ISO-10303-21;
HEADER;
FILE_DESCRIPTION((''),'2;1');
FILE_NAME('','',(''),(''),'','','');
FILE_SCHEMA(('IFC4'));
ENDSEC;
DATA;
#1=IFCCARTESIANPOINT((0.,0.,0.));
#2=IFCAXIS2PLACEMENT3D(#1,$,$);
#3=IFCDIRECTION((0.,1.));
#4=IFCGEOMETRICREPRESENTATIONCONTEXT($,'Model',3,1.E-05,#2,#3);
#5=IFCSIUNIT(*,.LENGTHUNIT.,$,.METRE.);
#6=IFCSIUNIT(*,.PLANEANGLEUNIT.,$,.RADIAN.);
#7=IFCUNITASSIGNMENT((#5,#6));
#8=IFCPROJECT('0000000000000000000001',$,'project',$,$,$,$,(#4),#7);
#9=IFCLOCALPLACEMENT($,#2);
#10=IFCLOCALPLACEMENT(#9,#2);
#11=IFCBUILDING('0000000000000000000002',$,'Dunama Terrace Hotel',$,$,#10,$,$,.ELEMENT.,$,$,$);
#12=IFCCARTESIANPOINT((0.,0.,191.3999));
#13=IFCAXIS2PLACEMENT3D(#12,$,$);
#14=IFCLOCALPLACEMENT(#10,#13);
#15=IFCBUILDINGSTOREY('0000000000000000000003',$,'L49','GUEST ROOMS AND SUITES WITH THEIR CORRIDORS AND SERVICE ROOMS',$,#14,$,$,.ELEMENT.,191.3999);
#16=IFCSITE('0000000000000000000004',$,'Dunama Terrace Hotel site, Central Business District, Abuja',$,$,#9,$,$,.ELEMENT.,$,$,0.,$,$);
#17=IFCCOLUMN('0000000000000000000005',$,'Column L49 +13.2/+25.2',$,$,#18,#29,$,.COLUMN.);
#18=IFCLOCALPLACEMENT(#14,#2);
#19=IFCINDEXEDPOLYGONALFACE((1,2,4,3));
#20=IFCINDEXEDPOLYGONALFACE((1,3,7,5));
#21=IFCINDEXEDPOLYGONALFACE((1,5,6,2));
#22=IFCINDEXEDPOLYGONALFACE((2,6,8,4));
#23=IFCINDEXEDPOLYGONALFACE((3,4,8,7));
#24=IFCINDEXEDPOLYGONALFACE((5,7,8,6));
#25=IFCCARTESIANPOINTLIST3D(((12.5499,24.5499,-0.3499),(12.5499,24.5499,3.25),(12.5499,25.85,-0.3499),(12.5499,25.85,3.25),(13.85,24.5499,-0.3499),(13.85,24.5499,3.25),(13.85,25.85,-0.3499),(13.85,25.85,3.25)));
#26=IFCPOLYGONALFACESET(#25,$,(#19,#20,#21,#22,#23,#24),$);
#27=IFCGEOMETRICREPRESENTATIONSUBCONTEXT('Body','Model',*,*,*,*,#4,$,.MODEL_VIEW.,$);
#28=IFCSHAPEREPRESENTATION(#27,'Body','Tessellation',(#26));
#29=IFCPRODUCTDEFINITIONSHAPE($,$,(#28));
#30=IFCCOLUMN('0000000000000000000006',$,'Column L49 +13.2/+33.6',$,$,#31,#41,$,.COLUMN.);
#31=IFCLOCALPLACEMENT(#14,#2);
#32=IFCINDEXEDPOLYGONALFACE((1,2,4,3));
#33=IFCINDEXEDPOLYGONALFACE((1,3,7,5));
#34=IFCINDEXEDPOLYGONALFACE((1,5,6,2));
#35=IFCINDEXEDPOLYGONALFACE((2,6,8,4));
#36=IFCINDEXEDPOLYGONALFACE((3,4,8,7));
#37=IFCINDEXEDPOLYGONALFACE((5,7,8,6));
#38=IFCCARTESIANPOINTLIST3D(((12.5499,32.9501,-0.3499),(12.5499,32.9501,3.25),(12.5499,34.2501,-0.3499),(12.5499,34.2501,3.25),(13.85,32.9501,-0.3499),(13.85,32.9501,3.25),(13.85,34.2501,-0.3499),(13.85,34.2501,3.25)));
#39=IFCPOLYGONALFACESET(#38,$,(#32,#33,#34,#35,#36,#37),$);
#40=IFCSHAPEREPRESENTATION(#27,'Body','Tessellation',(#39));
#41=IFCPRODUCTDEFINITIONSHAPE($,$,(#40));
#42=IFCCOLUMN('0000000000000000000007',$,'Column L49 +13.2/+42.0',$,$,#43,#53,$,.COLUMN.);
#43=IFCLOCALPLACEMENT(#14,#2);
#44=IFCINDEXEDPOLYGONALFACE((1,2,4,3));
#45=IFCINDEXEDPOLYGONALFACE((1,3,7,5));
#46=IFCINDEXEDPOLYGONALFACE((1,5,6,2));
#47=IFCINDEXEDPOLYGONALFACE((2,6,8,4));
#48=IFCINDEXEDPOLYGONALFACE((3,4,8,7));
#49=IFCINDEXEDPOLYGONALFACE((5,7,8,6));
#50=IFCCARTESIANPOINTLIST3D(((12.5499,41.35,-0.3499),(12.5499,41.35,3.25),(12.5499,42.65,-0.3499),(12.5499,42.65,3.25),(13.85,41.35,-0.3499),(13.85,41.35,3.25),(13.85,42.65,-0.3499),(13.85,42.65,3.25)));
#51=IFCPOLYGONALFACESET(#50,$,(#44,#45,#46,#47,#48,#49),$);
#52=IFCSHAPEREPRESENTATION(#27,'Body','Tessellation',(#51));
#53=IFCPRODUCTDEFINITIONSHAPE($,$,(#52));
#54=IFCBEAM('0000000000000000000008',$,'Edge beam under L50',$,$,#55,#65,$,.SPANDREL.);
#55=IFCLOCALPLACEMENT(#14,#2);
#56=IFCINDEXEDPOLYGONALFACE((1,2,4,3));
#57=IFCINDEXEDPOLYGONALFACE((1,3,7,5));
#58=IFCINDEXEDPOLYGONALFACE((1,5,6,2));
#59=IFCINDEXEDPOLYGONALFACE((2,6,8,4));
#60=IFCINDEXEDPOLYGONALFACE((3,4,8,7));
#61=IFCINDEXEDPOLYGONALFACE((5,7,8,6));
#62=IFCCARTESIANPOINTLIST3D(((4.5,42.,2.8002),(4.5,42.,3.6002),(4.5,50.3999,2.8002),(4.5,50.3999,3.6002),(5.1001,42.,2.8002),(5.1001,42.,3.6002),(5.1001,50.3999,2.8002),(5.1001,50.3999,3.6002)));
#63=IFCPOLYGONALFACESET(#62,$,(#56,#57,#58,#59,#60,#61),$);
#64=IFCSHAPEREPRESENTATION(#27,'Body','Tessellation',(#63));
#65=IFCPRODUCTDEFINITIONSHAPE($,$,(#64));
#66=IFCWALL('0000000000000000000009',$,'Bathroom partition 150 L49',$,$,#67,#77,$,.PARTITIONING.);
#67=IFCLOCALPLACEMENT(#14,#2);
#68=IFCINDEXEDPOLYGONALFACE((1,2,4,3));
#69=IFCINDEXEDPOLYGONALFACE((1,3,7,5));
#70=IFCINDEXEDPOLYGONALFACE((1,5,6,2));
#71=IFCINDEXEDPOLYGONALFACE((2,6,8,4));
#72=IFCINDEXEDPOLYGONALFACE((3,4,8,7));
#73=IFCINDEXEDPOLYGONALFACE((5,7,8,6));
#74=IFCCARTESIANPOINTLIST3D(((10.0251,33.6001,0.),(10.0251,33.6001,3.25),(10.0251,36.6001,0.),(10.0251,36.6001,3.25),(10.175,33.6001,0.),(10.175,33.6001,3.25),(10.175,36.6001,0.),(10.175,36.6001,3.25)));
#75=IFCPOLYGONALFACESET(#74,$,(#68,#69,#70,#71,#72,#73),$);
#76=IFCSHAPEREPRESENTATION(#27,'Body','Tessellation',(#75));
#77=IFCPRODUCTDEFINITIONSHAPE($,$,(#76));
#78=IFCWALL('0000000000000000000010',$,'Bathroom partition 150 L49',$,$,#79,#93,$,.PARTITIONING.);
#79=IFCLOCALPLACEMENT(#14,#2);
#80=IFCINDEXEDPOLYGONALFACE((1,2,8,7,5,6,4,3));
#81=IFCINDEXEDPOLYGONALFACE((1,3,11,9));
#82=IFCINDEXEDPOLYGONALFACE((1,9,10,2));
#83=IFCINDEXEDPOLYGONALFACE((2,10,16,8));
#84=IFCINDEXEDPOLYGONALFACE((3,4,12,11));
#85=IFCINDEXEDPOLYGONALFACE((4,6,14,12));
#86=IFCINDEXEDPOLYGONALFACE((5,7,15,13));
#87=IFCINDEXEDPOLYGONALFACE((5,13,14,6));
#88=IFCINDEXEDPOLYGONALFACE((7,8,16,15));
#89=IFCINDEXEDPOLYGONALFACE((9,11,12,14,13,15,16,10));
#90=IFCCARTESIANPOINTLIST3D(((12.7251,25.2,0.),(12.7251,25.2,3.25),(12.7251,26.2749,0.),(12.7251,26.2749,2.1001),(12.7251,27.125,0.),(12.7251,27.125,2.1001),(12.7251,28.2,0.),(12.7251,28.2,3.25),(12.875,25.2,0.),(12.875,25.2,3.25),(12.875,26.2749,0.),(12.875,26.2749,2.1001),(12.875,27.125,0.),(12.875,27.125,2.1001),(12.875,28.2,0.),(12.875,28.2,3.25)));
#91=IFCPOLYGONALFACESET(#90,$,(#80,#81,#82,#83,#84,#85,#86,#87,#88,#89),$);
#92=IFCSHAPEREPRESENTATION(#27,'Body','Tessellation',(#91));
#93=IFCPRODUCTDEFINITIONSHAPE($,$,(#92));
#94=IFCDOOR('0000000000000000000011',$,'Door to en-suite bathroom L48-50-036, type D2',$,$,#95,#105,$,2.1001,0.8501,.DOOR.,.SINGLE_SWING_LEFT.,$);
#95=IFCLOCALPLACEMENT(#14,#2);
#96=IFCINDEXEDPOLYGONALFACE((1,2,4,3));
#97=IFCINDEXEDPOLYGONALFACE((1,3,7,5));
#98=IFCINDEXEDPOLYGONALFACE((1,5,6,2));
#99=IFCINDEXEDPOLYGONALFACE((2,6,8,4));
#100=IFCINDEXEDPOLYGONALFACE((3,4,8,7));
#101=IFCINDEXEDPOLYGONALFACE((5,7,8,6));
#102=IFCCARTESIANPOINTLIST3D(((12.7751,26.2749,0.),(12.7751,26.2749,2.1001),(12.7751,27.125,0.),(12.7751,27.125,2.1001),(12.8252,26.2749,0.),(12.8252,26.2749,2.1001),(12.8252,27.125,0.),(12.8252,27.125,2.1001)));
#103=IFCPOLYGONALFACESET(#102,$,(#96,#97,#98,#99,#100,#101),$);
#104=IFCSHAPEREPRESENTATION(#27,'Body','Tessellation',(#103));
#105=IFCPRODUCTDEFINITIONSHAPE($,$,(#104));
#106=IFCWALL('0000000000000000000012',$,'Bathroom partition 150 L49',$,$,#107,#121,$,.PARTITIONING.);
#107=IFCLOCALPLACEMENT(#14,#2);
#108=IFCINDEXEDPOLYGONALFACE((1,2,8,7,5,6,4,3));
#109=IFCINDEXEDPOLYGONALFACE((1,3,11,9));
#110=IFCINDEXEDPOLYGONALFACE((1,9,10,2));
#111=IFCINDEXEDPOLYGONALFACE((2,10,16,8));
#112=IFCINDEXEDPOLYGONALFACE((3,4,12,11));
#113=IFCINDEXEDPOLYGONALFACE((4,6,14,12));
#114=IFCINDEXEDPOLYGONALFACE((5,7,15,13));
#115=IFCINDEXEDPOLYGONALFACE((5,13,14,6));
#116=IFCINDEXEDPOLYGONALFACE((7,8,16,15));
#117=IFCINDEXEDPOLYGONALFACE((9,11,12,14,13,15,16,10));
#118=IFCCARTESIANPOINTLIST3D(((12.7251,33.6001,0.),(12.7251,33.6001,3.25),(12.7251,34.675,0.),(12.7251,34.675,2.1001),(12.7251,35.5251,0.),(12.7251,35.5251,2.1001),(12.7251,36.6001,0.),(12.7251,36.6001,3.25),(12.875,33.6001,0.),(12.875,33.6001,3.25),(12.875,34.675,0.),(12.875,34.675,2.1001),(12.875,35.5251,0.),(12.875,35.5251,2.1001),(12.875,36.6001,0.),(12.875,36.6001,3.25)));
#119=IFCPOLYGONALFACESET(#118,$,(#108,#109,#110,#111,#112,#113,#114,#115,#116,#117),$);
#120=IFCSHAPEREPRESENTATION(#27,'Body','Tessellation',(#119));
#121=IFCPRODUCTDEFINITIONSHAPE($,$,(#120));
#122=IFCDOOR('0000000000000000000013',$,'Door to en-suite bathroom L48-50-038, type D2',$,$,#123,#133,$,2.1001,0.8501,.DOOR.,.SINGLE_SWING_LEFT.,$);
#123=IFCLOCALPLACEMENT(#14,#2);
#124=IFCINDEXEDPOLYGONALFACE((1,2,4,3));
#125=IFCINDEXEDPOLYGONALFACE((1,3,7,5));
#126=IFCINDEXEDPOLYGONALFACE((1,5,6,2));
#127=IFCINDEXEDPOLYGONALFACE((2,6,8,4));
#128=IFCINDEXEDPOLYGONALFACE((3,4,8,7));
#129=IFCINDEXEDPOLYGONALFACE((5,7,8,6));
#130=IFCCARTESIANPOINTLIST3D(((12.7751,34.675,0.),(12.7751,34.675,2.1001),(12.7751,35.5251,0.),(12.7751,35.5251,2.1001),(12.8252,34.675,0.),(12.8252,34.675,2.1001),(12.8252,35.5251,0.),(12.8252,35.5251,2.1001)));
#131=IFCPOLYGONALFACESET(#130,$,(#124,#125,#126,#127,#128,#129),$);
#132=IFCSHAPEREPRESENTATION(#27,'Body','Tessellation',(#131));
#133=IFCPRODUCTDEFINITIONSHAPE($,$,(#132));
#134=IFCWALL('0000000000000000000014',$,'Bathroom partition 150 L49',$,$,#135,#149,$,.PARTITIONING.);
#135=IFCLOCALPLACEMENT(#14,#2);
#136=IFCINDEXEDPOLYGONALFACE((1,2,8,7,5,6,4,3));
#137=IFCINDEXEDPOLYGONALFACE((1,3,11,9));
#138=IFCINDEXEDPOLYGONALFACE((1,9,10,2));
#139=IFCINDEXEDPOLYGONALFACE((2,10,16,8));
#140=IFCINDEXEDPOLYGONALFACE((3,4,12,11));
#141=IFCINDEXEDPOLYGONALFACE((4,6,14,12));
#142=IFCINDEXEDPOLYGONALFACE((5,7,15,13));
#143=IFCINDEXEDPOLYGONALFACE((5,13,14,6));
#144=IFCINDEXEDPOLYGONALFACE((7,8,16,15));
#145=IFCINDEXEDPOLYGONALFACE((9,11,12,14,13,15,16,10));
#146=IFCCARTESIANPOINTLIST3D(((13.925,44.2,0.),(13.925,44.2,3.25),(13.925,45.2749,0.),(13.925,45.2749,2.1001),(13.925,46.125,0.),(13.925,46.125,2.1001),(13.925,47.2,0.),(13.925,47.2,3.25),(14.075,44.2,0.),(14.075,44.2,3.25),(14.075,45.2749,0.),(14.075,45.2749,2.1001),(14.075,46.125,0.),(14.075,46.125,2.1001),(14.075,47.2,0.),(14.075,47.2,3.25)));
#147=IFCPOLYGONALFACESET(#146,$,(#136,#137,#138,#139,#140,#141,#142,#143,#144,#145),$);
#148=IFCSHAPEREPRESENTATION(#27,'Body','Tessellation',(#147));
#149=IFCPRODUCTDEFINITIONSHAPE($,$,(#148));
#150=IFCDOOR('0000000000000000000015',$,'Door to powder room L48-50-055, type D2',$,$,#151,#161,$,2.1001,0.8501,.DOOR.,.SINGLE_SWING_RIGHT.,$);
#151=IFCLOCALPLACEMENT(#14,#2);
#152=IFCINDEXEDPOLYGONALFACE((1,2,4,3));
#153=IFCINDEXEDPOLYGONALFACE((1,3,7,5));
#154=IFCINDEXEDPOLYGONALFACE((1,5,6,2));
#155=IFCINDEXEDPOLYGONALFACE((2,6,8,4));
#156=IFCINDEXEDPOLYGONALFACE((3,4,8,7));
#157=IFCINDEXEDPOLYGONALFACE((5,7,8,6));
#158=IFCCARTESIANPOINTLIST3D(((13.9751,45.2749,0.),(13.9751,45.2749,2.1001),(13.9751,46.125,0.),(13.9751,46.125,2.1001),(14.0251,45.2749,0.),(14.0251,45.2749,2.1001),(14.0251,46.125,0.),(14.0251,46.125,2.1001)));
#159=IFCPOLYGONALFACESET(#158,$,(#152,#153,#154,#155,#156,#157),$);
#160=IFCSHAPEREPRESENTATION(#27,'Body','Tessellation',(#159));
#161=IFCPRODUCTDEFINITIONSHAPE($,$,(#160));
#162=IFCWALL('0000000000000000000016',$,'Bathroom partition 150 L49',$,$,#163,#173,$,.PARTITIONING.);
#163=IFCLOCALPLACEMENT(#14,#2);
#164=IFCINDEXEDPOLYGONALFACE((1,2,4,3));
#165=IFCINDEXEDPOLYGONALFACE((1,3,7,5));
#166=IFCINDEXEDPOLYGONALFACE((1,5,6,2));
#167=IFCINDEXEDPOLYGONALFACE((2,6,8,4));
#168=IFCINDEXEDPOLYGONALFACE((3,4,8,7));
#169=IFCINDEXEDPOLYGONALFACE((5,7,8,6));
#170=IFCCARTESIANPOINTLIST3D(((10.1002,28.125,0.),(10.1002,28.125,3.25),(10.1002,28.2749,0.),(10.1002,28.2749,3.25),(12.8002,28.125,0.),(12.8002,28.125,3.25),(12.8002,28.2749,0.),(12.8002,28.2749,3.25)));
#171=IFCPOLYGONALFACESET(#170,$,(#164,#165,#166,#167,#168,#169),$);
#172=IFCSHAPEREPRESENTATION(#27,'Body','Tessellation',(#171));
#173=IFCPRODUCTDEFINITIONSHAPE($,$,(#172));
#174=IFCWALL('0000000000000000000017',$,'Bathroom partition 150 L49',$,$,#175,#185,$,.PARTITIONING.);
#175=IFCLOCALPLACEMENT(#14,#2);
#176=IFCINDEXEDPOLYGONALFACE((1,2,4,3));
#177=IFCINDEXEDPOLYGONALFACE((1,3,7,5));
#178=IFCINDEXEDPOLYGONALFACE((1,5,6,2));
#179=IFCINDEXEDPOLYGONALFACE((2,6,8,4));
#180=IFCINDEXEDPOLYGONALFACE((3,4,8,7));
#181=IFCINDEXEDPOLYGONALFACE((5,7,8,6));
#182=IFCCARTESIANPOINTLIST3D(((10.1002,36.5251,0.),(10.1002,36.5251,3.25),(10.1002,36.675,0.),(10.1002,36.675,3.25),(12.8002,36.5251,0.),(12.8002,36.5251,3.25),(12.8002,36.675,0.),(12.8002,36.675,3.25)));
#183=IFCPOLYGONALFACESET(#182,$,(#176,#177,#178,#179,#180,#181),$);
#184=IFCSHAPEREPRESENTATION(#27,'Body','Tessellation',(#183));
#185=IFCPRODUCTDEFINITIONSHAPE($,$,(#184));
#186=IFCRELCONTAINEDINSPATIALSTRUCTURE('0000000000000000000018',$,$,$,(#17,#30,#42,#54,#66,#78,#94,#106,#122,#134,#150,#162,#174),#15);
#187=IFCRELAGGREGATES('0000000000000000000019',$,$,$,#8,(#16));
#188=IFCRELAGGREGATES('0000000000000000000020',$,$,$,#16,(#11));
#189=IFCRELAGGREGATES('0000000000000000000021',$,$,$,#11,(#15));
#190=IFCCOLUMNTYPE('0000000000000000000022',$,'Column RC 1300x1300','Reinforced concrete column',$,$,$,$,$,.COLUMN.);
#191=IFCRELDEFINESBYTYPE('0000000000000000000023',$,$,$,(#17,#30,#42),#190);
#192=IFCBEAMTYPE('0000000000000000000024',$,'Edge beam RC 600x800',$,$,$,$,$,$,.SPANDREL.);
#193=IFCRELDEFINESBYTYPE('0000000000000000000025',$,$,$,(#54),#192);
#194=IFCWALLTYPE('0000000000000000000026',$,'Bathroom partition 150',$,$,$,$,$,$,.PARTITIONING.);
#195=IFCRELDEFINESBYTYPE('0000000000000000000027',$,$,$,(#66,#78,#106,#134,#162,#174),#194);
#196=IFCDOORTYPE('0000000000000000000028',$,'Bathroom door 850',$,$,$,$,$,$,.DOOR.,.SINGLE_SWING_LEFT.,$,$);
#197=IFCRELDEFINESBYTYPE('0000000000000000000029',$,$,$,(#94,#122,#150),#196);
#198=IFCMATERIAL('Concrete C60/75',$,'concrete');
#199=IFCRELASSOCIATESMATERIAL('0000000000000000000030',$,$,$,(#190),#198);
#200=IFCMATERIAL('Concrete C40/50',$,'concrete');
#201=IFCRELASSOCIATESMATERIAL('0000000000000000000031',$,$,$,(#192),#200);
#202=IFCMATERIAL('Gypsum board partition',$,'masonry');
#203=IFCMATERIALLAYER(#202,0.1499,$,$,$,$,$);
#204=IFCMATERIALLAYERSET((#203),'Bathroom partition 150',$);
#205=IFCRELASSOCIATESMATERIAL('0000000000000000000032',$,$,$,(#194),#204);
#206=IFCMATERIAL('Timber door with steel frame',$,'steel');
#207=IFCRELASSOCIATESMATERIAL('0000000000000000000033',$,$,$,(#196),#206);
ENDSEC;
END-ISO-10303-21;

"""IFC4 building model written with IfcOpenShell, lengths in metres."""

from ifc_helpers import new_model, si_unit, direction, frame, frame_2d, origin, origin_2d, place, context, subcontext, project, spatial, rectangle, extrude, material, layer, layer_set, material_profile, profile_set, type_object, element, fill, save


model = new_model("IFC4")

# Units and contexts
model_context = context("Model", 3, precision=1e-05, world=origin(), true_north=direction((0.0, 1.0)))
body_context = subcontext(model_context, "Body", "Model", "MODEL_VIEW")
ifc_project = project(units=[si_unit("LENGTHUNIT", "METRE"), si_unit("PLANEANGLEUNIT", "RADIAN")], contexts=[model_context])

# Site, building, storey
site_placement = place(None, origin())
site = spatial("IfcSite", under=ifc_project, at=site_placement, Name="Dunama Terrace Hotel site, Central Business District, Abuja", CompositionType="ELEMENT", RefElevation=0.0)
building_placement = place(site_placement, origin())
building = spatial("IfcBuilding", under=site, at=building_placement, Name="Dunama Terrace Hotel", CompositionType="ELEMENT")
storey_placement = place(building_placement, frame((0.0, 0.0, 191.3999)))
storey = spatial("IfcBuildingStorey", under=building, at=storey_placement, Name="L49", Description="GUEST ROOMS AND SUITES WITH THEIR CORRIDORS AND SERVICE ROOMS", CompositionType="ELEMENT", Elevation=191.3999)

# Columns
ifc_material_1 = material(Name="Concrete C60/75", Category="concrete")
ifc_material_profile_1 = material_profile(ifc_material_1, rectangle(XDim=1.3, YDim=1.3, at=origin_2d()), Name="RC 1300x1300")
ifc_profile_set_1 = profile_set([ifc_material_profile_1], Name="Concrete C60/75")
column_type = type_object("IfcColumnType", Name="Column RC 1300x1300", Description="Reinforced concrete column", PredefinedType="COLUMN", material=ifc_profile_set_1)
for number, where, z_axis, x_axis, name in (
    (1, (13.2, 25.2, -0.3499), (0.0, 0.0, 1.0), (1.0, 0.0, 0.0), "Column L49 +13.2/+25.2"),
    (2, (13.2, 33.6001, -0.3499), (0.0, 0.0, 1.0), (1.0, 0.0, 0.0), "Column L49 +13.2/+33.6"),
    (3, (13.2, 42.0, -0.3499), (0.0, 0.0, 1.0), (1.0, 0.0, 0.0), "Column L49 +13.2/+42.0"),
):
    element("IfcColumn", number, at=place(storey_placement, frame(where, z_axis=z_axis, x_axis=x_axis)), inside=storey, type_object=column_type, Name=name, PredefinedType="COLUMN", context=body_context, shape_type="SweptSolid", body=[
        extrude(rectangle(XDim=1.3, YDim=1.3, at=origin_2d()), origin(), (0.0, 0.0, 1.0), 3.5999),
    ])

# Beam
ifc_material_2 = material(Name="Concrete C40/50", Category="concrete")
ifc_material_profile_2 = material_profile(ifc_material_2, rectangle(XDim=0.6001, YDim=0.8, at=origin_2d()), Name="RC 600x800")
ifc_profile_set_2 = profile_set([ifc_material_profile_2], Name="Concrete C40/50")
beam_type = type_object("IfcBeamType", Name="Edge beam RC 600x800", PredefinedType="SPANDREL", material=ifc_profile_set_2)
beam_placement = place(storey_placement, frame((4.8, 42.0, 3.2002), z_axis=(0.0, 1.0, 0.0), x_axis=(-1.0, 0.0, 0.0)))
element("IfcBeam", 4, at=beam_placement, inside=storey, type_object=beam_type, Name="Edge beam under L50", PredefinedType="SPANDREL", context=body_context, shape_type="SweptSolid", body=[
    extrude(rectangle(XDim=0.6001, YDim=0.8, at=origin_2d()), origin(), (0.0, 0.0, 1.0), 8.3999),
])

# Wall
ifc_material_3 = material(Name="Gypsum board partition", Category="masonry")
ifc_layer_1 = layer(ifc_material_3, 0.1499)
ifc_layer_set_1 = layer_set([ifc_layer_1], Name="Bathroom partition 150")
wall_type_1 = type_object("IfcWallType", Name="Bathroom partition 150", PredefinedType="PARTITIONING", material=ifc_layer_set_1)
wall_1_placement = place(storey_placement, frame((10.1001, 33.6001, 0.0), z_axis=(0.0, 0.0, 1.0), x_axis=(0.0, 1.0, 0.0)))
element("IfcWall", 5, at=wall_1_placement, inside=storey, type_object=wall_type_1, Name="Bathroom partition 150 L49", PredefinedType="PARTITIONING", context=body_context, shape_type="SweptSolid", body=[
    extrude(rectangle(XDim=3.0, YDim=0.1499, at=frame_2d((1.5, 0.0))), origin(), (0.0, 0.0, 1.0), 3.25),
])

# Walls, openings, doors
wall_2_placement = place(storey_placement, frame((12.8, 25.2, 0.0), z_axis=(0.0, 0.0, 1.0), x_axis=(0.0, 1.0, 0.0)))
wall_2 = element("IfcWall", 6, at=wall_2_placement, inside=storey, type_object=wall_type_1, Name="Bathroom partition 150 L49", PredefinedType="PARTITIONING", context=body_context, shape_type="SweptSolid", body=[
    extrude(rectangle(XDim=3.0, YDim=0.1499, at=frame_2d((1.5, 0.0))), origin(), (0.0, 0.0, 1.0), 3.25),
])
opening_1_placement = place(wall_2_placement, frame((1.075, 0.0, 0.0)))
opening_1 = element("IfcOpeningElement", 7, at=opening_1_placement, cuts=wall_2, PredefinedType="OPENING", context=body_context, shape_type="SweptSolid", body=[
    extrude(rectangle(XDim=0.8501, YDim=2.1001, at=frame_2d((0.425, 1.05))), frame((0.0, 0.085, 0.0), z_axis=(0.0, -1.0, 0.0), x_axis=(1.0, 0.0, 0.0)), (0.0, 0.0, 1.0), 0.1699),
])
ifc_material_4 = material(Name="Timber door with steel frame", Category="steel")
door_type = type_object("IfcDoorType", Name="Bathroom door 850", OperationType="SINGLE_SWING_LEFT", PredefinedType="DOOR", material=ifc_material_4)
door_1_placement = place(opening_1_placement, origin())
door_1 = element("IfcDoor", 8, at=door_1_placement, inside=storey, type_object=door_type, Name="Door to en-suite bathroom L48-50-036, type D2", OperationType="SINGLE_SWING_LEFT", OverallHeight=2.1001, OverallWidth=0.8501, PredefinedType="DOOR", context=body_context, shape_type="SweptSolid", body=[
    extrude(rectangle(XDim=0.8501, YDim=2.1001, at=frame_2d((0.425, 1.05))), frame((0.0, 0.0249, 0.0), z_axis=(0.0, -1.0, 0.0), x_axis=(1.0, 0.0, 0.0)), (0.0, 0.0, 1.0), 0.05),
])
fill(opening_1, door_1)
wall_3_placement = place(storey_placement, frame((12.8, 33.6001, 0.0), z_axis=(0.0, 0.0, 1.0), x_axis=(0.0, 1.0, 0.0)))
wall_3 = element("IfcWall", 9, at=wall_3_placement, inside=storey, type_object=wall_type_1, Name="Bathroom partition 150 L49", PredefinedType="PARTITIONING", context=body_context, shape_type="SweptSolid", body=[
    extrude(rectangle(XDim=3.0, YDim=0.1499, at=frame_2d((1.5, 0.0))), origin(), (0.0, 0.0, 1.0), 3.25),
])
opening_2_placement = place(wall_3_placement, frame((1.075, 0.0, 0.0)))
opening_2 = element("IfcOpeningElement", 10, at=opening_2_placement, cuts=wall_3, PredefinedType="OPENING", context=body_context, shape_type="SweptSolid", body=[
    extrude(rectangle(XDim=0.8501, YDim=2.1001, at=frame_2d((0.425, 1.05))), frame((0.0, 0.085, 0.0), z_axis=(0.0, -1.0, 0.0), x_axis=(1.0, 0.0, 0.0)), (0.0, 0.0, 1.0), 0.1699),
])
door_2_placement = place(opening_2_placement, origin())
door_2 = element("IfcDoor", 11, at=door_2_placement, inside=storey, type_object=door_type, Name="Door to en-suite bathroom L48-50-038, type D2", OperationType="SINGLE_SWING_LEFT", OverallHeight=2.1001, OverallWidth=0.8501, PredefinedType="DOOR", context=body_context, shape_type="SweptSolid", body=[
    extrude(rectangle(XDim=0.8501, YDim=2.1001, at=frame_2d((0.425, 1.05))), frame((0.0, 0.0249, 0.0), z_axis=(0.0, -1.0, 0.0), x_axis=(1.0, 0.0, 0.0)), (0.0, 0.0, 1.0), 0.05),
])
fill(opening_2, door_2)
wall_4_placement = place(storey_placement, frame((14.0, 44.2, 0.0), z_axis=(0.0, 0.0, 1.0), x_axis=(0.0, 1.0, 0.0)))
wall_4 = element("IfcWall", 12, at=wall_4_placement, inside=storey, type_object=wall_type_1, Name="Bathroom partition 150 L49", PredefinedType="PARTITIONING", context=body_context, shape_type="SweptSolid", body=[
    extrude(rectangle(XDim=3.0, YDim=0.1499, at=frame_2d((1.5, 0.0))), origin(), (0.0, 0.0, 1.0), 3.25),
])
opening_3_placement = place(wall_4_placement, frame((1.075, 0.0, 0.0)))
opening_3 = element("IfcOpeningElement", 13, at=opening_3_placement, cuts=wall_4, PredefinedType="OPENING", context=body_context, shape_type="SweptSolid", body=[
    extrude(rectangle(XDim=0.8501, YDim=2.1001, at=frame_2d((0.425, 1.05))), frame((0.0, 0.085, 0.0), z_axis=(0.0, -1.0, 0.0), x_axis=(1.0, 0.0, 0.0)), (0.0, 0.0, 1.0), 0.1699),
])
door_3_placement = place(opening_3_placement, frame((0.8501, 0.0, 0.0), z_axis=(0.0, 0.0, 1.0), x_axis=(-1.0, 0.0, 0.0)))
door_3 = element("IfcDoor", 14, at=door_3_placement, inside=storey, type_object=door_type, Name="Door to powder room L48-50-055, type D2", OperationType="SINGLE_SWING_RIGHT", OverallHeight=2.1001, OverallWidth=0.8501, PredefinedType="DOOR", context=body_context, shape_type="SweptSolid", body=[
    extrude(rectangle(XDim=0.8501, YDim=2.1001, at=frame_2d((0.425, 1.05))), frame((0.0, 0.0251, 0.0), z_axis=(0.0, -1.0, 0.0), x_axis=(1.0, 0.0, 0.0)), (0.0, 0.0, 1.0), 0.05),
])
fill(opening_3, door_3)

# Walls
for number, where, z_axis, x_axis, name in (
    (15, (10.1001, 28.2, 0.0), (0.0, 0.0, 1.0), (1.0, 0.0, 0.0), "Bathroom partition 150 L49"),
    (16, (10.1001, 36.6001, 0.0), (0.0, 0.0, 1.0), (1.0, 0.0, 0.0), "Bathroom partition 150 L49"),
):
    element("IfcWall", number, at=place(storey_placement, frame(where, z_axis=z_axis, x_axis=x_axis)), inside=storey, type_object=wall_type_1, Name=name, PredefinedType="PARTITIONING", context=body_context, shape_type="SweptSolid", body=[
        extrude(rectangle(XDim=2.7, YDim=0.1499, at=frame_2d((1.3501, 0.0))), origin(), (0.0, 0.0, 1.0), 3.25),
    ])

save(model, "model.ifc")
